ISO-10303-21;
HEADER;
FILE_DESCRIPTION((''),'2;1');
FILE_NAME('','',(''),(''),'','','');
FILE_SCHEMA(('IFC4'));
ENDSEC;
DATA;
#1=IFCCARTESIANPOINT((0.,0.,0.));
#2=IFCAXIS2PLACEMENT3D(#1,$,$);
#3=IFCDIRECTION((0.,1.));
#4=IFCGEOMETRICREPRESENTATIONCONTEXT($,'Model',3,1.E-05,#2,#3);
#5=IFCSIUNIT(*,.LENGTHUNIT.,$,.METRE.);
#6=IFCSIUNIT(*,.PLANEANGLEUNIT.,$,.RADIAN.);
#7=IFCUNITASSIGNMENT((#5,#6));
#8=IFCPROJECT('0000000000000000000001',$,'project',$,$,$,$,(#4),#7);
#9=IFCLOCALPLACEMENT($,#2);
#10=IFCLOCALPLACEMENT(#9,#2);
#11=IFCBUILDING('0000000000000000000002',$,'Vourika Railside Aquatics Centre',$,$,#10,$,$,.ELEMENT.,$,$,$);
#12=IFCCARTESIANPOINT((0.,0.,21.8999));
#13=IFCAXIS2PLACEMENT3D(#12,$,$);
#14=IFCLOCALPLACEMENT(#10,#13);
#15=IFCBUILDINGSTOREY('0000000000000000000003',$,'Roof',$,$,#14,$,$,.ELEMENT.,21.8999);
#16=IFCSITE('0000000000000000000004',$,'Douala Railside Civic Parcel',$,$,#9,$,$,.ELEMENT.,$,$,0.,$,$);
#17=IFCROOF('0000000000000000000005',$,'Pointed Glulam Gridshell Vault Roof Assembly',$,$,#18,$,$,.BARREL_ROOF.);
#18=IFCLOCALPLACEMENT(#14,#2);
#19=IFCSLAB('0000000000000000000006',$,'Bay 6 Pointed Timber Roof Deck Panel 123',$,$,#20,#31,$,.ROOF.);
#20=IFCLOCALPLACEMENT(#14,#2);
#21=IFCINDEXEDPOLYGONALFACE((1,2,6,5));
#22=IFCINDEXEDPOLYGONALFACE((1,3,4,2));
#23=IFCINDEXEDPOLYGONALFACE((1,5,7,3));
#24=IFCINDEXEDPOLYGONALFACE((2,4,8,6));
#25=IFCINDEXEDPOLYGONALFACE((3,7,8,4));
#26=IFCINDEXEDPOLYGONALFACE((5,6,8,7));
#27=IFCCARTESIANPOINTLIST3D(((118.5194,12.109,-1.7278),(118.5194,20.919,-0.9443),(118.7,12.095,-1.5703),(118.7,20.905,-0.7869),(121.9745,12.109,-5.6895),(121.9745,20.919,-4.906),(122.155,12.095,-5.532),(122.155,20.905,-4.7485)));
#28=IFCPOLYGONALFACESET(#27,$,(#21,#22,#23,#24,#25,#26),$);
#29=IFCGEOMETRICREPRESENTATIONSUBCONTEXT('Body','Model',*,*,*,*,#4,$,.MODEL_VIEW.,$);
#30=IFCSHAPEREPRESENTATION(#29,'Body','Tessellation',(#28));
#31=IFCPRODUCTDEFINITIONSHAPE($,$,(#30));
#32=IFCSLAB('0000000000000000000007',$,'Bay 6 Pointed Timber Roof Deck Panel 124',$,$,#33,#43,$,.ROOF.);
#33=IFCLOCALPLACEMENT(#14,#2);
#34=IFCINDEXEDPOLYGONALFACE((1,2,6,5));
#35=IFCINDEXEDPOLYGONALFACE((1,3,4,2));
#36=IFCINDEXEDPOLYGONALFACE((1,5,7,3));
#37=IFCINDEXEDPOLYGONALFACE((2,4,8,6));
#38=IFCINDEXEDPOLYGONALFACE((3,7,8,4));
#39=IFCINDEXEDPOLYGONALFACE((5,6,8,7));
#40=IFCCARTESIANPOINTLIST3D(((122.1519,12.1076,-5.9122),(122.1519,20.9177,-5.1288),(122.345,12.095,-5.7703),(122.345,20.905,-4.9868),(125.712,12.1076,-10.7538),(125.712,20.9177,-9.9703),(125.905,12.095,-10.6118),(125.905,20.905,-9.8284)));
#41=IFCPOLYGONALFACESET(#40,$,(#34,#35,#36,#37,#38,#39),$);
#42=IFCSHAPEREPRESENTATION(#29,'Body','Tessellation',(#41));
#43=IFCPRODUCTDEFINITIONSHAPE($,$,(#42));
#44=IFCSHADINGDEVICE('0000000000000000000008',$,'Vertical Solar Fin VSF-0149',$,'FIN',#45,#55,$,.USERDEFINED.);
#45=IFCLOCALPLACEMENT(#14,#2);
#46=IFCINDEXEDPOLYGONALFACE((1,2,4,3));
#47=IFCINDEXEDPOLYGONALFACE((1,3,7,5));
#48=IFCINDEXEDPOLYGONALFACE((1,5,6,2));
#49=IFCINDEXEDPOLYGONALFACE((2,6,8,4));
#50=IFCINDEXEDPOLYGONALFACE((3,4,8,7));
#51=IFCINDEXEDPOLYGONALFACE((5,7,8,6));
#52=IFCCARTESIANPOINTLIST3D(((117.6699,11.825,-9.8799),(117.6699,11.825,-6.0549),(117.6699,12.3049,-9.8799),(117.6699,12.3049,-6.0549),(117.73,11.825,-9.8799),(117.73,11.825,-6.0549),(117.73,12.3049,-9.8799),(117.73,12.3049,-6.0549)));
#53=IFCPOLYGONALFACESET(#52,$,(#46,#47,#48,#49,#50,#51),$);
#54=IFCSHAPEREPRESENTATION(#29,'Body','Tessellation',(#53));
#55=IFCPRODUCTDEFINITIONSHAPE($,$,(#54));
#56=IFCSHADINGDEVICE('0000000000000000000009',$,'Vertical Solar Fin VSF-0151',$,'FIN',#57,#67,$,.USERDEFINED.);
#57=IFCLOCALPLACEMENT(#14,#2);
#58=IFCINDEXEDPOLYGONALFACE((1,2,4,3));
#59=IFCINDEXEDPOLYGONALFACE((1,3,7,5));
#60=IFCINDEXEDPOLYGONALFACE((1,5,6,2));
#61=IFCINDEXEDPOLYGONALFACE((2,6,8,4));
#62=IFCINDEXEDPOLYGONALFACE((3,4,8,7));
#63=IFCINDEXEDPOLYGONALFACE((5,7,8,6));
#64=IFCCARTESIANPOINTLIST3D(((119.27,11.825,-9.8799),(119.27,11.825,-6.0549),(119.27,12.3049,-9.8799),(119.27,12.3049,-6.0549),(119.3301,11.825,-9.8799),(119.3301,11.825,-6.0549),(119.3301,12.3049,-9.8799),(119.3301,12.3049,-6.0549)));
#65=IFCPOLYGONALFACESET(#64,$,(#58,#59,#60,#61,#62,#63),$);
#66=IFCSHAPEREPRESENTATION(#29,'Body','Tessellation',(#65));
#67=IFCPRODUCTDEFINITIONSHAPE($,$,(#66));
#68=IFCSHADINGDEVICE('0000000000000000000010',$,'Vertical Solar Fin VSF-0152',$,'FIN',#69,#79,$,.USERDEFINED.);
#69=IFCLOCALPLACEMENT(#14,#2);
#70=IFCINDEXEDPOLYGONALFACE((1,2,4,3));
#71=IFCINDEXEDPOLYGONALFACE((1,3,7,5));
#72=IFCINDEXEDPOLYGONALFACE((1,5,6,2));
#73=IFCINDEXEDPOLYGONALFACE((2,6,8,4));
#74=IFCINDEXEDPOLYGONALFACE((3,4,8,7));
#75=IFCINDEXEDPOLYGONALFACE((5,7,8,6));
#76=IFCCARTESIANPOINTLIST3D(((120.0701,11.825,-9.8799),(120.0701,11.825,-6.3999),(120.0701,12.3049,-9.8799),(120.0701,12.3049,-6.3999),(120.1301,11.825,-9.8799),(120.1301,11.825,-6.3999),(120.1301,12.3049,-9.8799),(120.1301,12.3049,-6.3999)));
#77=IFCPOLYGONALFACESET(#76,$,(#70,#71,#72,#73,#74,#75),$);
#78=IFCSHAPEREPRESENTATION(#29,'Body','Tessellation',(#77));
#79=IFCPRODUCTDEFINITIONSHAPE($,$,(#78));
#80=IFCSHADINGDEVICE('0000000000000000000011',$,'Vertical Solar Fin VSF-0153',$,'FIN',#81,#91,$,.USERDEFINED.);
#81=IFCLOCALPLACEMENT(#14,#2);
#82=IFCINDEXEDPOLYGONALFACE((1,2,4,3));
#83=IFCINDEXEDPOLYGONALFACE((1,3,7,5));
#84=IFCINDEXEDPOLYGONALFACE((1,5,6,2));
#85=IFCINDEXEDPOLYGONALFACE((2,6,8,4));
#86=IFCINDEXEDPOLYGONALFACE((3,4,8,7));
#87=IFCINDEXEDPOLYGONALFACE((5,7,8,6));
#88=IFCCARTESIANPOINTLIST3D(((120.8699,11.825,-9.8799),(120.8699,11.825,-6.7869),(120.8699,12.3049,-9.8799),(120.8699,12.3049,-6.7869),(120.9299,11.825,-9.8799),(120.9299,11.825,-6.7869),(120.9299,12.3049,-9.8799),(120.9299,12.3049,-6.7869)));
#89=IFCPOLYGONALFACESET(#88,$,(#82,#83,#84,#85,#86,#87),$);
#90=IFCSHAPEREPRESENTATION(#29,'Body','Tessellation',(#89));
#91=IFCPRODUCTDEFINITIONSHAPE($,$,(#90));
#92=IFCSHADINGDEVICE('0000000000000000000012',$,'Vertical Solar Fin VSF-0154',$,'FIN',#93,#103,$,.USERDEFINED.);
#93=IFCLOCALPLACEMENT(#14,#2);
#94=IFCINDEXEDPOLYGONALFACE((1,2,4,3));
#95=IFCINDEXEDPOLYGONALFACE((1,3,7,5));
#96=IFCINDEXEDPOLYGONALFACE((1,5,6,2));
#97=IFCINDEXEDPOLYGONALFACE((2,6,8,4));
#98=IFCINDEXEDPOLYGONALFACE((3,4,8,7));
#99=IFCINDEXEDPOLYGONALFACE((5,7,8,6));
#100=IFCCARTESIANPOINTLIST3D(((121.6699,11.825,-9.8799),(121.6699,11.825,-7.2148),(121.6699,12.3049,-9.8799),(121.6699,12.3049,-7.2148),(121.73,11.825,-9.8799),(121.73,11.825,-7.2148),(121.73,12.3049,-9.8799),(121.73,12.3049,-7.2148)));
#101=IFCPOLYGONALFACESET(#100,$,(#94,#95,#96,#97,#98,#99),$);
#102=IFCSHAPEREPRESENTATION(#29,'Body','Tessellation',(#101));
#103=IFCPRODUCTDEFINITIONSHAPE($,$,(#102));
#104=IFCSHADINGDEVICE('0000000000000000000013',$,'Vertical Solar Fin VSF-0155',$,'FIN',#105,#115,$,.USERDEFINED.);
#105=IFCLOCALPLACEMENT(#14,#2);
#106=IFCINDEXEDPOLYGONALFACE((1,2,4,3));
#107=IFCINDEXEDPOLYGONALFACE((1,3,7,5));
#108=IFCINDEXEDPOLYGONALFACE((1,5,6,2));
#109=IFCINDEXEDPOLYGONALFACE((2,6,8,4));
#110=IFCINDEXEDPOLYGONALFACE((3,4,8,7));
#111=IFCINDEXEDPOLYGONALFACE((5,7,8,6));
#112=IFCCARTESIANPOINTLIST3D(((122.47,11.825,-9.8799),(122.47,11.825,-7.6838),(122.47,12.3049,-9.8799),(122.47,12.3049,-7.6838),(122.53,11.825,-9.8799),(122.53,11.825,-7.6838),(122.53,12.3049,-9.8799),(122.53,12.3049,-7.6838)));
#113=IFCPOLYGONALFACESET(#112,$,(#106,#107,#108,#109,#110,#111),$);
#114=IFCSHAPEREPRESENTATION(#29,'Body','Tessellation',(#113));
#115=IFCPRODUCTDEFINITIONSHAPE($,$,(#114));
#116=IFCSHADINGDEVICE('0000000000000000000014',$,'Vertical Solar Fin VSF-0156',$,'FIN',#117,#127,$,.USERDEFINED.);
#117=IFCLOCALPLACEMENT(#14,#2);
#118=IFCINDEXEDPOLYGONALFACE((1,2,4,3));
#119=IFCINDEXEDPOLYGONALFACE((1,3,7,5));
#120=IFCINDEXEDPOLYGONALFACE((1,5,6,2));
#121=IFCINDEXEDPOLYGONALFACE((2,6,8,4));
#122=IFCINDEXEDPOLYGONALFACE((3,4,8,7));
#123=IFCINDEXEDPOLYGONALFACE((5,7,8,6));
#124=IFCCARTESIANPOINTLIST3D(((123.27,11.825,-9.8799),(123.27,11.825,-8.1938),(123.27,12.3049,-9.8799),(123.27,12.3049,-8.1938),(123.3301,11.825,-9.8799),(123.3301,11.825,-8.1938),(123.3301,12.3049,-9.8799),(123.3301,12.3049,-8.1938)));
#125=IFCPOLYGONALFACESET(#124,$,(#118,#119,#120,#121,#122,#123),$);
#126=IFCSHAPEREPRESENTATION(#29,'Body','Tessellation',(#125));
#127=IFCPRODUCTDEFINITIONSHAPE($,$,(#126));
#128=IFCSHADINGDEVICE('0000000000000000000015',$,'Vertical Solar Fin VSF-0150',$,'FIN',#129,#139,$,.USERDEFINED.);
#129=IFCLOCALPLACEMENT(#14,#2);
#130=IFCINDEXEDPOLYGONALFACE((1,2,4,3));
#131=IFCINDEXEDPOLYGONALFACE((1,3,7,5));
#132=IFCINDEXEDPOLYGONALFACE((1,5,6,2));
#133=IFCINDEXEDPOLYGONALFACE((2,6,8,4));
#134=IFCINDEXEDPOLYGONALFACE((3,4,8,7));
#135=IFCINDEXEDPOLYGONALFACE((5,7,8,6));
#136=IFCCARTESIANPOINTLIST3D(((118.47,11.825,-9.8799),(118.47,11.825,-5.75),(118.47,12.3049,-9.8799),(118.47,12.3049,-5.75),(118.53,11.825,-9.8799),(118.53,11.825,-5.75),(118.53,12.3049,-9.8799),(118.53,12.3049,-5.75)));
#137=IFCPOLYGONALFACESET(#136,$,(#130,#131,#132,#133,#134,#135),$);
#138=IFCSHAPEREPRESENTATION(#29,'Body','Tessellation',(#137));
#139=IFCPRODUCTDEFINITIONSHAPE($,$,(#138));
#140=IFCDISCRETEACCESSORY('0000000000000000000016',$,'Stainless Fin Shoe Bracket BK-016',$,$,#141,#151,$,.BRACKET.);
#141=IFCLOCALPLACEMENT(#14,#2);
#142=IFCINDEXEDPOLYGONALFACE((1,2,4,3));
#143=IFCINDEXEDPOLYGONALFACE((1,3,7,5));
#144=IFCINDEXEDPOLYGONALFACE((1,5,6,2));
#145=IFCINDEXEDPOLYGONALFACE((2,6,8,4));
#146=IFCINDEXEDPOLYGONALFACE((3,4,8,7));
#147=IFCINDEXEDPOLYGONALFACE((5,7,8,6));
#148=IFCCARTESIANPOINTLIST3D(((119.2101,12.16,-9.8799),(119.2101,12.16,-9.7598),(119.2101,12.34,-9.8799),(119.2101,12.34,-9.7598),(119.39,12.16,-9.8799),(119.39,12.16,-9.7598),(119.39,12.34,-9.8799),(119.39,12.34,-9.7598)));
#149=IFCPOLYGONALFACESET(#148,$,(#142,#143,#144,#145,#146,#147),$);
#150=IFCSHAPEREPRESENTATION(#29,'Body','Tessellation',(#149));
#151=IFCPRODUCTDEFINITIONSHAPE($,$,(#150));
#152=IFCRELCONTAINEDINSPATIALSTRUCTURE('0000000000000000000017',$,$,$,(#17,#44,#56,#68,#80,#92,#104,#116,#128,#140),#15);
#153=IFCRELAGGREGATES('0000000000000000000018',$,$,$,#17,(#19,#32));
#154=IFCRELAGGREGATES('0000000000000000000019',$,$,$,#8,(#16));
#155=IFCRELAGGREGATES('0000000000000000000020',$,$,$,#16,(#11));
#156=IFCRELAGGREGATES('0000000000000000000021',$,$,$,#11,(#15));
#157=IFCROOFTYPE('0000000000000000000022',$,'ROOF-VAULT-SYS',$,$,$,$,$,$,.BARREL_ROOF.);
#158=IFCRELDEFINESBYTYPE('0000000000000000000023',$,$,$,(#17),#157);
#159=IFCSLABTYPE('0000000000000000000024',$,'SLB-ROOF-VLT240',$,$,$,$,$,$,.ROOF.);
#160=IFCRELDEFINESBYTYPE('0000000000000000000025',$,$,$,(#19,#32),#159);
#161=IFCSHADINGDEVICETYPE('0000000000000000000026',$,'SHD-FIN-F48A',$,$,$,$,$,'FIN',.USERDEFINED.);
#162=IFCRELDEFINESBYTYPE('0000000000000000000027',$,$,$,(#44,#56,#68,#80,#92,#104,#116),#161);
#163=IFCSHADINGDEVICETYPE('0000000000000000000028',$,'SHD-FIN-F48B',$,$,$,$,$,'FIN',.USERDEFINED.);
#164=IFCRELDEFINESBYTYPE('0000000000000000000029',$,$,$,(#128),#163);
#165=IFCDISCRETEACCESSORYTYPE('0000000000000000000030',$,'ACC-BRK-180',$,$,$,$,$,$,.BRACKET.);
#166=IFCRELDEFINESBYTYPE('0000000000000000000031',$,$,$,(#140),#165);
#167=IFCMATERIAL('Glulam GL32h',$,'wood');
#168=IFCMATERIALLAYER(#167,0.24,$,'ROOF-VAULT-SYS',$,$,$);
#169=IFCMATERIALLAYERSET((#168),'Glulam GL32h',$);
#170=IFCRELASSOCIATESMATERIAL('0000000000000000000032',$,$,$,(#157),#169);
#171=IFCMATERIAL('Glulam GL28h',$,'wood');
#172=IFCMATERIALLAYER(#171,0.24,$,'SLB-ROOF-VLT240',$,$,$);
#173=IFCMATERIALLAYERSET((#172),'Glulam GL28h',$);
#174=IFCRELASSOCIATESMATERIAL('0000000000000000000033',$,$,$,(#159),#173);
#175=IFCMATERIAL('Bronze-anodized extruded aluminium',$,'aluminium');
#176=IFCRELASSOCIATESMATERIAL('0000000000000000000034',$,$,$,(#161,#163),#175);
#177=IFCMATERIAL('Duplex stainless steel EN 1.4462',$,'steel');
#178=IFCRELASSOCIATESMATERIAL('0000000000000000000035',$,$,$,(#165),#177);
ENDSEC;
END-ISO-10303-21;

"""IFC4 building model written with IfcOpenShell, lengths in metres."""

from ifc_helpers import new_model, si_unit, direction, frame, origin, origin_2d, place, context, subcontext, project, spatial, polyline, rectangle, outline, extrude, material, layer, layer_set, material_profile, profile_set, type_object, element, aggregate, save


model = new_model("IFC4")

# Units and contexts
model_context = context("Model", 3, precision=1e-05, world=origin(), true_north=direction((0.0, 1.0)))
body_context = subcontext(model_context, "Body", "Model", "MODEL_VIEW")
ifc_project = project(units=[si_unit("LENGTHUNIT", "METRE"), si_unit("PLANEANGLEUNIT", "RADIAN")], contexts=[model_context])

# Site, building, storey
site_placement = place(None, origin())
site = spatial("IfcSite", under=ifc_project, at=site_placement, Name="Douala Railside Civic Parcel", CompositionType="ELEMENT", RefElevation=0.0)
building_placement = place(site_placement, origin())
building = spatial("IfcBuilding", under=site, at=building_placement, Name="Vourika Railside Aquatics Centre", CompositionType="ELEMENT")
storey_placement = place(building_placement, frame((0.0, 0.0, 21.8999)))
storey = spatial("IfcBuildingStorey", under=building, at=storey_placement, Name="Roof", CompositionType="ELEMENT", Elevation=21.8999)

# Roof, slabs
ifc_material_1 = material(Name="Glulam GL32h", Category="wood")
ifc_layer_1 = layer(ifc_material_1, 0.24, Name="ROOF-VAULT-SYS")
ifc_layer_set_1 = layer_set([ifc_layer_1], Name="Glulam GL32h")
roof_type = type_object("IfcRoofType", Name="ROOF-VAULT-SYS", PredefinedType="BARREL_ROOF", material=ifc_layer_set_1)
roof_placement = place(storey_placement, origin())
roof = element("IfcRoof", 1, at=roof_placement, inside=storey, type_object=roof_type, Name="Pointed Glulam Gridshell Vault Roof Assembly", PredefinedType="BARREL_ROOF")
ifc_material_2 = material(Name="Glulam GL28h", Category="wood")
ifc_layer_2 = layer(ifc_material_2, 0.24, Name="SLB-ROOF-VLT240")
ifc_layer_set_2 = layer_set([ifc_layer_2], Name="Glulam GL28h")
slab_type = type_object("IfcSlabType", Name="SLB-ROOF-VLT240", PredefinedType="ROOF", material=ifc_layer_set_2)
slab_1_placement = place(storey_placement, frame((118.7, 12.095, -1.5703), z_axis=(0.752365, -0.05835, 0.656157), x_axis=(0.657277, 0.0, -0.753649)))
slab_1 = element("IfcSlab", 2, at=slab_1_placement, type_object=slab_type, Name="Bay 6 Pointed Timber Roof Deck Panel 123", PredefinedType="ROOF", context=body_context, shape_type="SweptSolid", body=[
    extrude(outline(polyline([(0.0, 0.0), (5.2567, 0.0), (4.6662, 8.8251), (-0.5904, 8.8251), (0.0, 0.0)])), origin(), (0.0, 0.0, -1.0), 0.24),
])
slab_2_placement = place(storey_placement, frame((122.345, 12.095, -5.7703), z_axis=(0.804528, -0.052607, 0.59158), x_axis=(0.592401, 0.0, -0.805644)))
slab_2 = element("IfcSlab", 3, at=slab_2_placement, type_object=slab_type, Name="Bay 6 Pointed Timber Roof Deck Panel 124", PredefinedType="ROOF", context=body_context, shape_type="SweptSolid", body=[
    extrude(outline(polyline([(0.0, 0.0), (6.0095, 0.0), (5.3784, 8.8223), (-0.6312, 8.8223), (0.0, 0.0)])), origin(), (0.0, 0.0, -1.0), 0.24),
])
aggregate(roof, [slab_1, slab_2])

# Shading devices
ifc_material_3 = material(Name="Bronze-anodized extruded aluminium", Category="aluminium")
ifc_material_profile_1 = material_profile(ifc_material_3, rectangle(XDim=0.0601, YDim=0.48, at=origin_2d()), Name="ALU-FIN 60x480")
ifc_profile_set_1 = profile_set([ifc_material_profile_1], Name="Bronze-anodized extruded aluminium")
shading_device_type_1 = type_object("IfcShadingDeviceType", Name="SHD-FIN-F48A", ElementType="FIN", PredefinedType="USERDEFINED", material=ifc_profile_set_1)
for number, where, z_axis, x_axis, name in (
    (4, (117.7, 12.0649, -9.8799), (0.0, 0.0, 1.0), (-1.0, 0.0, 0.0), "Vertical Solar Fin VSF-0149"),
    (5, (119.3, 12.0649, -9.8799), (0.0, 0.0, 1.0), (-1.0, 0.0, 0.0), "Vertical Solar Fin VSF-0151"),
):
    element("IfcShadingDevice", number, at=place(storey_placement, frame(where, z_axis=z_axis, x_axis=x_axis)), inside=storey, type_object=shading_device_type_1, Name=name, ObjectType="FIN", PredefinedType="USERDEFINED", context=body_context, shape_type="SweptSolid", body=[
        extrude(rectangle(XDim=0.0601, YDim=0.48, at=origin_2d()), origin(), (0.0, 0.0, 1.0), 3.825),
    ])
shading_device_1_placement = place(storey_placement, frame((120.1001, 12.0649, -9.8799), z_axis=(0.0, 0.0, 1.0), x_axis=(-1.0, 0.0, 0.0)))
element("IfcShadingDevice", 6, at=shading_device_1_placement, inside=storey, type_object=shading_device_type_1, Name="Vertical Solar Fin VSF-0152", ObjectType="FIN", PredefinedType="USERDEFINED", context=body_context, shape_type="SweptSolid", body=[
    extrude(rectangle(XDim=0.0601, YDim=0.48, at=origin_2d()), origin(), (0.0, 0.0, 1.0), 3.48),
])
shading_device_2_placement = place(storey_placement, frame((120.8999, 12.0649, -9.8799), z_axis=(0.0, 0.0, 1.0), x_axis=(-1.0, 0.0, 0.0)))
element("IfcShadingDevice", 7, at=shading_device_2_placement, inside=storey, type_object=shading_device_type_1, Name="Vertical Solar Fin VSF-0153", ObjectType="FIN", PredefinedType="USERDEFINED", context=body_context, shape_type="SweptSolid", body=[
    extrude(rectangle(XDim=0.0601, YDim=0.48, at=origin_2d()), origin(), (0.0, 0.0, 1.0), 3.093),
])
shading_device_3_placement = place(storey_placement, frame((121.7, 12.0649, -9.8799), z_axis=(0.0, 0.0, 1.0), x_axis=(-1.0, 0.0, 0.0)))
element("IfcShadingDevice", 8, at=shading_device_3_placement, inside=storey, type_object=shading_device_type_1, Name="Vertical Solar Fin VSF-0154", ObjectType="FIN", PredefinedType="USERDEFINED", context=body_context, shape_type="SweptSolid", body=[
    extrude(rectangle(XDim=0.0601, YDim=0.48, at=origin_2d()), origin(), (0.0, 0.0, 1.0), 2.665),
])
shading_device_4_placement = place(storey_placement, frame((122.5, 12.0649, -9.8799), z_axis=(0.0, 0.0, 1.0), x_axis=(-1.0, 0.0, 0.0)))
element("IfcShadingDevice", 9, at=shading_device_4_placement, inside=storey, type_object=shading_device_type_1, Name="Vertical Solar Fin VSF-0155", ObjectType="FIN", PredefinedType="USERDEFINED", context=body_context, shape_type="SweptSolid", body=[
    extrude(rectangle(XDim=0.0601, YDim=0.48, at=origin_2d()), origin(), (0.0, 0.0, 1.0), 2.196),
])
shading_device_5_placement = place(storey_placement, frame((123.3, 12.0649, -9.8799), z_axis=(0.0, 0.0, 1.0), x_axis=(-1.0, 0.0, 0.0)))
element("IfcShadingDevice", 10, at=shading_device_5_placement, inside=storey, type_object=shading_device_type_1, Name="Vertical Solar Fin VSF-0156", ObjectType="FIN", PredefinedType="USERDEFINED", context=body_context, shape_type="SweptSolid", body=[
    extrude(rectangle(XDim=0.0601, YDim=0.48, at=origin_2d()), origin(), (0.0, 0.0, 1.0), 1.686),
])
ifc_material_profile_2 = material_profile(ifc_material_3, rectangle(XDim=0.0601, YDim=0.48, at=origin_2d()), Name="ALU-FIN 60x480")
ifc_profile_set_2 = profile_set([ifc_material_profile_2], Name="Bronze-anodized extruded aluminium")
shading_device_type_2 = type_object("IfcShadingDeviceType", Name="SHD-FIN-F48B", ElementType="FIN", PredefinedType="USERDEFINED", material=ifc_profile_set_2)
shading_device_6_placement = place(storey_placement, frame((118.5, 12.0649, -9.8799), z_axis=(0.0, 0.0, 1.0), x_axis=(-1.0, 0.0, 0.0)))
element("IfcShadingDevice", 11, at=shading_device_6_placement, inside=storey, type_object=shading_device_type_2, Name="Vertical Solar Fin VSF-0150", ObjectType="FIN", PredefinedType="USERDEFINED", context=body_context, shape_type="SweptSolid", body=[
    extrude(rectangle(XDim=0.0601, YDim=0.48, at=origin_2d()), origin(), (0.0, 0.0, 1.0), 4.1299),
])

# Discrete accessory
ifc_material_4 = material(Name="Duplex stainless steel EN 1.4462", Category="steel")
discrete_accessory_type = type_object("IfcDiscreteAccessoryType", Name="ACC-BRK-180", PredefinedType="BRACKET", material=ifc_material_4)
discrete_accessory_placement = place(storey_placement, frame((119.3, 12.25, -9.8799), z_axis=(0.0, 0.0, 1.0), x_axis=(0.0, -1.0, 0.0)))
element("IfcDiscreteAccessory", 12, at=discrete_accessory_placement, inside=storey, type_object=discrete_accessory_type, Name="Stainless Fin Shoe Bracket BK-016", PredefinedType="BRACKET", context=body_context, shape_type="SweptSolid", body=[
    extrude(rectangle(XDim=0.1799, YDim=0.1799, at=origin_2d()), origin(), (0.0, 0.0, 1.0), 0.1201),
])

save(model, "model.ifc")
